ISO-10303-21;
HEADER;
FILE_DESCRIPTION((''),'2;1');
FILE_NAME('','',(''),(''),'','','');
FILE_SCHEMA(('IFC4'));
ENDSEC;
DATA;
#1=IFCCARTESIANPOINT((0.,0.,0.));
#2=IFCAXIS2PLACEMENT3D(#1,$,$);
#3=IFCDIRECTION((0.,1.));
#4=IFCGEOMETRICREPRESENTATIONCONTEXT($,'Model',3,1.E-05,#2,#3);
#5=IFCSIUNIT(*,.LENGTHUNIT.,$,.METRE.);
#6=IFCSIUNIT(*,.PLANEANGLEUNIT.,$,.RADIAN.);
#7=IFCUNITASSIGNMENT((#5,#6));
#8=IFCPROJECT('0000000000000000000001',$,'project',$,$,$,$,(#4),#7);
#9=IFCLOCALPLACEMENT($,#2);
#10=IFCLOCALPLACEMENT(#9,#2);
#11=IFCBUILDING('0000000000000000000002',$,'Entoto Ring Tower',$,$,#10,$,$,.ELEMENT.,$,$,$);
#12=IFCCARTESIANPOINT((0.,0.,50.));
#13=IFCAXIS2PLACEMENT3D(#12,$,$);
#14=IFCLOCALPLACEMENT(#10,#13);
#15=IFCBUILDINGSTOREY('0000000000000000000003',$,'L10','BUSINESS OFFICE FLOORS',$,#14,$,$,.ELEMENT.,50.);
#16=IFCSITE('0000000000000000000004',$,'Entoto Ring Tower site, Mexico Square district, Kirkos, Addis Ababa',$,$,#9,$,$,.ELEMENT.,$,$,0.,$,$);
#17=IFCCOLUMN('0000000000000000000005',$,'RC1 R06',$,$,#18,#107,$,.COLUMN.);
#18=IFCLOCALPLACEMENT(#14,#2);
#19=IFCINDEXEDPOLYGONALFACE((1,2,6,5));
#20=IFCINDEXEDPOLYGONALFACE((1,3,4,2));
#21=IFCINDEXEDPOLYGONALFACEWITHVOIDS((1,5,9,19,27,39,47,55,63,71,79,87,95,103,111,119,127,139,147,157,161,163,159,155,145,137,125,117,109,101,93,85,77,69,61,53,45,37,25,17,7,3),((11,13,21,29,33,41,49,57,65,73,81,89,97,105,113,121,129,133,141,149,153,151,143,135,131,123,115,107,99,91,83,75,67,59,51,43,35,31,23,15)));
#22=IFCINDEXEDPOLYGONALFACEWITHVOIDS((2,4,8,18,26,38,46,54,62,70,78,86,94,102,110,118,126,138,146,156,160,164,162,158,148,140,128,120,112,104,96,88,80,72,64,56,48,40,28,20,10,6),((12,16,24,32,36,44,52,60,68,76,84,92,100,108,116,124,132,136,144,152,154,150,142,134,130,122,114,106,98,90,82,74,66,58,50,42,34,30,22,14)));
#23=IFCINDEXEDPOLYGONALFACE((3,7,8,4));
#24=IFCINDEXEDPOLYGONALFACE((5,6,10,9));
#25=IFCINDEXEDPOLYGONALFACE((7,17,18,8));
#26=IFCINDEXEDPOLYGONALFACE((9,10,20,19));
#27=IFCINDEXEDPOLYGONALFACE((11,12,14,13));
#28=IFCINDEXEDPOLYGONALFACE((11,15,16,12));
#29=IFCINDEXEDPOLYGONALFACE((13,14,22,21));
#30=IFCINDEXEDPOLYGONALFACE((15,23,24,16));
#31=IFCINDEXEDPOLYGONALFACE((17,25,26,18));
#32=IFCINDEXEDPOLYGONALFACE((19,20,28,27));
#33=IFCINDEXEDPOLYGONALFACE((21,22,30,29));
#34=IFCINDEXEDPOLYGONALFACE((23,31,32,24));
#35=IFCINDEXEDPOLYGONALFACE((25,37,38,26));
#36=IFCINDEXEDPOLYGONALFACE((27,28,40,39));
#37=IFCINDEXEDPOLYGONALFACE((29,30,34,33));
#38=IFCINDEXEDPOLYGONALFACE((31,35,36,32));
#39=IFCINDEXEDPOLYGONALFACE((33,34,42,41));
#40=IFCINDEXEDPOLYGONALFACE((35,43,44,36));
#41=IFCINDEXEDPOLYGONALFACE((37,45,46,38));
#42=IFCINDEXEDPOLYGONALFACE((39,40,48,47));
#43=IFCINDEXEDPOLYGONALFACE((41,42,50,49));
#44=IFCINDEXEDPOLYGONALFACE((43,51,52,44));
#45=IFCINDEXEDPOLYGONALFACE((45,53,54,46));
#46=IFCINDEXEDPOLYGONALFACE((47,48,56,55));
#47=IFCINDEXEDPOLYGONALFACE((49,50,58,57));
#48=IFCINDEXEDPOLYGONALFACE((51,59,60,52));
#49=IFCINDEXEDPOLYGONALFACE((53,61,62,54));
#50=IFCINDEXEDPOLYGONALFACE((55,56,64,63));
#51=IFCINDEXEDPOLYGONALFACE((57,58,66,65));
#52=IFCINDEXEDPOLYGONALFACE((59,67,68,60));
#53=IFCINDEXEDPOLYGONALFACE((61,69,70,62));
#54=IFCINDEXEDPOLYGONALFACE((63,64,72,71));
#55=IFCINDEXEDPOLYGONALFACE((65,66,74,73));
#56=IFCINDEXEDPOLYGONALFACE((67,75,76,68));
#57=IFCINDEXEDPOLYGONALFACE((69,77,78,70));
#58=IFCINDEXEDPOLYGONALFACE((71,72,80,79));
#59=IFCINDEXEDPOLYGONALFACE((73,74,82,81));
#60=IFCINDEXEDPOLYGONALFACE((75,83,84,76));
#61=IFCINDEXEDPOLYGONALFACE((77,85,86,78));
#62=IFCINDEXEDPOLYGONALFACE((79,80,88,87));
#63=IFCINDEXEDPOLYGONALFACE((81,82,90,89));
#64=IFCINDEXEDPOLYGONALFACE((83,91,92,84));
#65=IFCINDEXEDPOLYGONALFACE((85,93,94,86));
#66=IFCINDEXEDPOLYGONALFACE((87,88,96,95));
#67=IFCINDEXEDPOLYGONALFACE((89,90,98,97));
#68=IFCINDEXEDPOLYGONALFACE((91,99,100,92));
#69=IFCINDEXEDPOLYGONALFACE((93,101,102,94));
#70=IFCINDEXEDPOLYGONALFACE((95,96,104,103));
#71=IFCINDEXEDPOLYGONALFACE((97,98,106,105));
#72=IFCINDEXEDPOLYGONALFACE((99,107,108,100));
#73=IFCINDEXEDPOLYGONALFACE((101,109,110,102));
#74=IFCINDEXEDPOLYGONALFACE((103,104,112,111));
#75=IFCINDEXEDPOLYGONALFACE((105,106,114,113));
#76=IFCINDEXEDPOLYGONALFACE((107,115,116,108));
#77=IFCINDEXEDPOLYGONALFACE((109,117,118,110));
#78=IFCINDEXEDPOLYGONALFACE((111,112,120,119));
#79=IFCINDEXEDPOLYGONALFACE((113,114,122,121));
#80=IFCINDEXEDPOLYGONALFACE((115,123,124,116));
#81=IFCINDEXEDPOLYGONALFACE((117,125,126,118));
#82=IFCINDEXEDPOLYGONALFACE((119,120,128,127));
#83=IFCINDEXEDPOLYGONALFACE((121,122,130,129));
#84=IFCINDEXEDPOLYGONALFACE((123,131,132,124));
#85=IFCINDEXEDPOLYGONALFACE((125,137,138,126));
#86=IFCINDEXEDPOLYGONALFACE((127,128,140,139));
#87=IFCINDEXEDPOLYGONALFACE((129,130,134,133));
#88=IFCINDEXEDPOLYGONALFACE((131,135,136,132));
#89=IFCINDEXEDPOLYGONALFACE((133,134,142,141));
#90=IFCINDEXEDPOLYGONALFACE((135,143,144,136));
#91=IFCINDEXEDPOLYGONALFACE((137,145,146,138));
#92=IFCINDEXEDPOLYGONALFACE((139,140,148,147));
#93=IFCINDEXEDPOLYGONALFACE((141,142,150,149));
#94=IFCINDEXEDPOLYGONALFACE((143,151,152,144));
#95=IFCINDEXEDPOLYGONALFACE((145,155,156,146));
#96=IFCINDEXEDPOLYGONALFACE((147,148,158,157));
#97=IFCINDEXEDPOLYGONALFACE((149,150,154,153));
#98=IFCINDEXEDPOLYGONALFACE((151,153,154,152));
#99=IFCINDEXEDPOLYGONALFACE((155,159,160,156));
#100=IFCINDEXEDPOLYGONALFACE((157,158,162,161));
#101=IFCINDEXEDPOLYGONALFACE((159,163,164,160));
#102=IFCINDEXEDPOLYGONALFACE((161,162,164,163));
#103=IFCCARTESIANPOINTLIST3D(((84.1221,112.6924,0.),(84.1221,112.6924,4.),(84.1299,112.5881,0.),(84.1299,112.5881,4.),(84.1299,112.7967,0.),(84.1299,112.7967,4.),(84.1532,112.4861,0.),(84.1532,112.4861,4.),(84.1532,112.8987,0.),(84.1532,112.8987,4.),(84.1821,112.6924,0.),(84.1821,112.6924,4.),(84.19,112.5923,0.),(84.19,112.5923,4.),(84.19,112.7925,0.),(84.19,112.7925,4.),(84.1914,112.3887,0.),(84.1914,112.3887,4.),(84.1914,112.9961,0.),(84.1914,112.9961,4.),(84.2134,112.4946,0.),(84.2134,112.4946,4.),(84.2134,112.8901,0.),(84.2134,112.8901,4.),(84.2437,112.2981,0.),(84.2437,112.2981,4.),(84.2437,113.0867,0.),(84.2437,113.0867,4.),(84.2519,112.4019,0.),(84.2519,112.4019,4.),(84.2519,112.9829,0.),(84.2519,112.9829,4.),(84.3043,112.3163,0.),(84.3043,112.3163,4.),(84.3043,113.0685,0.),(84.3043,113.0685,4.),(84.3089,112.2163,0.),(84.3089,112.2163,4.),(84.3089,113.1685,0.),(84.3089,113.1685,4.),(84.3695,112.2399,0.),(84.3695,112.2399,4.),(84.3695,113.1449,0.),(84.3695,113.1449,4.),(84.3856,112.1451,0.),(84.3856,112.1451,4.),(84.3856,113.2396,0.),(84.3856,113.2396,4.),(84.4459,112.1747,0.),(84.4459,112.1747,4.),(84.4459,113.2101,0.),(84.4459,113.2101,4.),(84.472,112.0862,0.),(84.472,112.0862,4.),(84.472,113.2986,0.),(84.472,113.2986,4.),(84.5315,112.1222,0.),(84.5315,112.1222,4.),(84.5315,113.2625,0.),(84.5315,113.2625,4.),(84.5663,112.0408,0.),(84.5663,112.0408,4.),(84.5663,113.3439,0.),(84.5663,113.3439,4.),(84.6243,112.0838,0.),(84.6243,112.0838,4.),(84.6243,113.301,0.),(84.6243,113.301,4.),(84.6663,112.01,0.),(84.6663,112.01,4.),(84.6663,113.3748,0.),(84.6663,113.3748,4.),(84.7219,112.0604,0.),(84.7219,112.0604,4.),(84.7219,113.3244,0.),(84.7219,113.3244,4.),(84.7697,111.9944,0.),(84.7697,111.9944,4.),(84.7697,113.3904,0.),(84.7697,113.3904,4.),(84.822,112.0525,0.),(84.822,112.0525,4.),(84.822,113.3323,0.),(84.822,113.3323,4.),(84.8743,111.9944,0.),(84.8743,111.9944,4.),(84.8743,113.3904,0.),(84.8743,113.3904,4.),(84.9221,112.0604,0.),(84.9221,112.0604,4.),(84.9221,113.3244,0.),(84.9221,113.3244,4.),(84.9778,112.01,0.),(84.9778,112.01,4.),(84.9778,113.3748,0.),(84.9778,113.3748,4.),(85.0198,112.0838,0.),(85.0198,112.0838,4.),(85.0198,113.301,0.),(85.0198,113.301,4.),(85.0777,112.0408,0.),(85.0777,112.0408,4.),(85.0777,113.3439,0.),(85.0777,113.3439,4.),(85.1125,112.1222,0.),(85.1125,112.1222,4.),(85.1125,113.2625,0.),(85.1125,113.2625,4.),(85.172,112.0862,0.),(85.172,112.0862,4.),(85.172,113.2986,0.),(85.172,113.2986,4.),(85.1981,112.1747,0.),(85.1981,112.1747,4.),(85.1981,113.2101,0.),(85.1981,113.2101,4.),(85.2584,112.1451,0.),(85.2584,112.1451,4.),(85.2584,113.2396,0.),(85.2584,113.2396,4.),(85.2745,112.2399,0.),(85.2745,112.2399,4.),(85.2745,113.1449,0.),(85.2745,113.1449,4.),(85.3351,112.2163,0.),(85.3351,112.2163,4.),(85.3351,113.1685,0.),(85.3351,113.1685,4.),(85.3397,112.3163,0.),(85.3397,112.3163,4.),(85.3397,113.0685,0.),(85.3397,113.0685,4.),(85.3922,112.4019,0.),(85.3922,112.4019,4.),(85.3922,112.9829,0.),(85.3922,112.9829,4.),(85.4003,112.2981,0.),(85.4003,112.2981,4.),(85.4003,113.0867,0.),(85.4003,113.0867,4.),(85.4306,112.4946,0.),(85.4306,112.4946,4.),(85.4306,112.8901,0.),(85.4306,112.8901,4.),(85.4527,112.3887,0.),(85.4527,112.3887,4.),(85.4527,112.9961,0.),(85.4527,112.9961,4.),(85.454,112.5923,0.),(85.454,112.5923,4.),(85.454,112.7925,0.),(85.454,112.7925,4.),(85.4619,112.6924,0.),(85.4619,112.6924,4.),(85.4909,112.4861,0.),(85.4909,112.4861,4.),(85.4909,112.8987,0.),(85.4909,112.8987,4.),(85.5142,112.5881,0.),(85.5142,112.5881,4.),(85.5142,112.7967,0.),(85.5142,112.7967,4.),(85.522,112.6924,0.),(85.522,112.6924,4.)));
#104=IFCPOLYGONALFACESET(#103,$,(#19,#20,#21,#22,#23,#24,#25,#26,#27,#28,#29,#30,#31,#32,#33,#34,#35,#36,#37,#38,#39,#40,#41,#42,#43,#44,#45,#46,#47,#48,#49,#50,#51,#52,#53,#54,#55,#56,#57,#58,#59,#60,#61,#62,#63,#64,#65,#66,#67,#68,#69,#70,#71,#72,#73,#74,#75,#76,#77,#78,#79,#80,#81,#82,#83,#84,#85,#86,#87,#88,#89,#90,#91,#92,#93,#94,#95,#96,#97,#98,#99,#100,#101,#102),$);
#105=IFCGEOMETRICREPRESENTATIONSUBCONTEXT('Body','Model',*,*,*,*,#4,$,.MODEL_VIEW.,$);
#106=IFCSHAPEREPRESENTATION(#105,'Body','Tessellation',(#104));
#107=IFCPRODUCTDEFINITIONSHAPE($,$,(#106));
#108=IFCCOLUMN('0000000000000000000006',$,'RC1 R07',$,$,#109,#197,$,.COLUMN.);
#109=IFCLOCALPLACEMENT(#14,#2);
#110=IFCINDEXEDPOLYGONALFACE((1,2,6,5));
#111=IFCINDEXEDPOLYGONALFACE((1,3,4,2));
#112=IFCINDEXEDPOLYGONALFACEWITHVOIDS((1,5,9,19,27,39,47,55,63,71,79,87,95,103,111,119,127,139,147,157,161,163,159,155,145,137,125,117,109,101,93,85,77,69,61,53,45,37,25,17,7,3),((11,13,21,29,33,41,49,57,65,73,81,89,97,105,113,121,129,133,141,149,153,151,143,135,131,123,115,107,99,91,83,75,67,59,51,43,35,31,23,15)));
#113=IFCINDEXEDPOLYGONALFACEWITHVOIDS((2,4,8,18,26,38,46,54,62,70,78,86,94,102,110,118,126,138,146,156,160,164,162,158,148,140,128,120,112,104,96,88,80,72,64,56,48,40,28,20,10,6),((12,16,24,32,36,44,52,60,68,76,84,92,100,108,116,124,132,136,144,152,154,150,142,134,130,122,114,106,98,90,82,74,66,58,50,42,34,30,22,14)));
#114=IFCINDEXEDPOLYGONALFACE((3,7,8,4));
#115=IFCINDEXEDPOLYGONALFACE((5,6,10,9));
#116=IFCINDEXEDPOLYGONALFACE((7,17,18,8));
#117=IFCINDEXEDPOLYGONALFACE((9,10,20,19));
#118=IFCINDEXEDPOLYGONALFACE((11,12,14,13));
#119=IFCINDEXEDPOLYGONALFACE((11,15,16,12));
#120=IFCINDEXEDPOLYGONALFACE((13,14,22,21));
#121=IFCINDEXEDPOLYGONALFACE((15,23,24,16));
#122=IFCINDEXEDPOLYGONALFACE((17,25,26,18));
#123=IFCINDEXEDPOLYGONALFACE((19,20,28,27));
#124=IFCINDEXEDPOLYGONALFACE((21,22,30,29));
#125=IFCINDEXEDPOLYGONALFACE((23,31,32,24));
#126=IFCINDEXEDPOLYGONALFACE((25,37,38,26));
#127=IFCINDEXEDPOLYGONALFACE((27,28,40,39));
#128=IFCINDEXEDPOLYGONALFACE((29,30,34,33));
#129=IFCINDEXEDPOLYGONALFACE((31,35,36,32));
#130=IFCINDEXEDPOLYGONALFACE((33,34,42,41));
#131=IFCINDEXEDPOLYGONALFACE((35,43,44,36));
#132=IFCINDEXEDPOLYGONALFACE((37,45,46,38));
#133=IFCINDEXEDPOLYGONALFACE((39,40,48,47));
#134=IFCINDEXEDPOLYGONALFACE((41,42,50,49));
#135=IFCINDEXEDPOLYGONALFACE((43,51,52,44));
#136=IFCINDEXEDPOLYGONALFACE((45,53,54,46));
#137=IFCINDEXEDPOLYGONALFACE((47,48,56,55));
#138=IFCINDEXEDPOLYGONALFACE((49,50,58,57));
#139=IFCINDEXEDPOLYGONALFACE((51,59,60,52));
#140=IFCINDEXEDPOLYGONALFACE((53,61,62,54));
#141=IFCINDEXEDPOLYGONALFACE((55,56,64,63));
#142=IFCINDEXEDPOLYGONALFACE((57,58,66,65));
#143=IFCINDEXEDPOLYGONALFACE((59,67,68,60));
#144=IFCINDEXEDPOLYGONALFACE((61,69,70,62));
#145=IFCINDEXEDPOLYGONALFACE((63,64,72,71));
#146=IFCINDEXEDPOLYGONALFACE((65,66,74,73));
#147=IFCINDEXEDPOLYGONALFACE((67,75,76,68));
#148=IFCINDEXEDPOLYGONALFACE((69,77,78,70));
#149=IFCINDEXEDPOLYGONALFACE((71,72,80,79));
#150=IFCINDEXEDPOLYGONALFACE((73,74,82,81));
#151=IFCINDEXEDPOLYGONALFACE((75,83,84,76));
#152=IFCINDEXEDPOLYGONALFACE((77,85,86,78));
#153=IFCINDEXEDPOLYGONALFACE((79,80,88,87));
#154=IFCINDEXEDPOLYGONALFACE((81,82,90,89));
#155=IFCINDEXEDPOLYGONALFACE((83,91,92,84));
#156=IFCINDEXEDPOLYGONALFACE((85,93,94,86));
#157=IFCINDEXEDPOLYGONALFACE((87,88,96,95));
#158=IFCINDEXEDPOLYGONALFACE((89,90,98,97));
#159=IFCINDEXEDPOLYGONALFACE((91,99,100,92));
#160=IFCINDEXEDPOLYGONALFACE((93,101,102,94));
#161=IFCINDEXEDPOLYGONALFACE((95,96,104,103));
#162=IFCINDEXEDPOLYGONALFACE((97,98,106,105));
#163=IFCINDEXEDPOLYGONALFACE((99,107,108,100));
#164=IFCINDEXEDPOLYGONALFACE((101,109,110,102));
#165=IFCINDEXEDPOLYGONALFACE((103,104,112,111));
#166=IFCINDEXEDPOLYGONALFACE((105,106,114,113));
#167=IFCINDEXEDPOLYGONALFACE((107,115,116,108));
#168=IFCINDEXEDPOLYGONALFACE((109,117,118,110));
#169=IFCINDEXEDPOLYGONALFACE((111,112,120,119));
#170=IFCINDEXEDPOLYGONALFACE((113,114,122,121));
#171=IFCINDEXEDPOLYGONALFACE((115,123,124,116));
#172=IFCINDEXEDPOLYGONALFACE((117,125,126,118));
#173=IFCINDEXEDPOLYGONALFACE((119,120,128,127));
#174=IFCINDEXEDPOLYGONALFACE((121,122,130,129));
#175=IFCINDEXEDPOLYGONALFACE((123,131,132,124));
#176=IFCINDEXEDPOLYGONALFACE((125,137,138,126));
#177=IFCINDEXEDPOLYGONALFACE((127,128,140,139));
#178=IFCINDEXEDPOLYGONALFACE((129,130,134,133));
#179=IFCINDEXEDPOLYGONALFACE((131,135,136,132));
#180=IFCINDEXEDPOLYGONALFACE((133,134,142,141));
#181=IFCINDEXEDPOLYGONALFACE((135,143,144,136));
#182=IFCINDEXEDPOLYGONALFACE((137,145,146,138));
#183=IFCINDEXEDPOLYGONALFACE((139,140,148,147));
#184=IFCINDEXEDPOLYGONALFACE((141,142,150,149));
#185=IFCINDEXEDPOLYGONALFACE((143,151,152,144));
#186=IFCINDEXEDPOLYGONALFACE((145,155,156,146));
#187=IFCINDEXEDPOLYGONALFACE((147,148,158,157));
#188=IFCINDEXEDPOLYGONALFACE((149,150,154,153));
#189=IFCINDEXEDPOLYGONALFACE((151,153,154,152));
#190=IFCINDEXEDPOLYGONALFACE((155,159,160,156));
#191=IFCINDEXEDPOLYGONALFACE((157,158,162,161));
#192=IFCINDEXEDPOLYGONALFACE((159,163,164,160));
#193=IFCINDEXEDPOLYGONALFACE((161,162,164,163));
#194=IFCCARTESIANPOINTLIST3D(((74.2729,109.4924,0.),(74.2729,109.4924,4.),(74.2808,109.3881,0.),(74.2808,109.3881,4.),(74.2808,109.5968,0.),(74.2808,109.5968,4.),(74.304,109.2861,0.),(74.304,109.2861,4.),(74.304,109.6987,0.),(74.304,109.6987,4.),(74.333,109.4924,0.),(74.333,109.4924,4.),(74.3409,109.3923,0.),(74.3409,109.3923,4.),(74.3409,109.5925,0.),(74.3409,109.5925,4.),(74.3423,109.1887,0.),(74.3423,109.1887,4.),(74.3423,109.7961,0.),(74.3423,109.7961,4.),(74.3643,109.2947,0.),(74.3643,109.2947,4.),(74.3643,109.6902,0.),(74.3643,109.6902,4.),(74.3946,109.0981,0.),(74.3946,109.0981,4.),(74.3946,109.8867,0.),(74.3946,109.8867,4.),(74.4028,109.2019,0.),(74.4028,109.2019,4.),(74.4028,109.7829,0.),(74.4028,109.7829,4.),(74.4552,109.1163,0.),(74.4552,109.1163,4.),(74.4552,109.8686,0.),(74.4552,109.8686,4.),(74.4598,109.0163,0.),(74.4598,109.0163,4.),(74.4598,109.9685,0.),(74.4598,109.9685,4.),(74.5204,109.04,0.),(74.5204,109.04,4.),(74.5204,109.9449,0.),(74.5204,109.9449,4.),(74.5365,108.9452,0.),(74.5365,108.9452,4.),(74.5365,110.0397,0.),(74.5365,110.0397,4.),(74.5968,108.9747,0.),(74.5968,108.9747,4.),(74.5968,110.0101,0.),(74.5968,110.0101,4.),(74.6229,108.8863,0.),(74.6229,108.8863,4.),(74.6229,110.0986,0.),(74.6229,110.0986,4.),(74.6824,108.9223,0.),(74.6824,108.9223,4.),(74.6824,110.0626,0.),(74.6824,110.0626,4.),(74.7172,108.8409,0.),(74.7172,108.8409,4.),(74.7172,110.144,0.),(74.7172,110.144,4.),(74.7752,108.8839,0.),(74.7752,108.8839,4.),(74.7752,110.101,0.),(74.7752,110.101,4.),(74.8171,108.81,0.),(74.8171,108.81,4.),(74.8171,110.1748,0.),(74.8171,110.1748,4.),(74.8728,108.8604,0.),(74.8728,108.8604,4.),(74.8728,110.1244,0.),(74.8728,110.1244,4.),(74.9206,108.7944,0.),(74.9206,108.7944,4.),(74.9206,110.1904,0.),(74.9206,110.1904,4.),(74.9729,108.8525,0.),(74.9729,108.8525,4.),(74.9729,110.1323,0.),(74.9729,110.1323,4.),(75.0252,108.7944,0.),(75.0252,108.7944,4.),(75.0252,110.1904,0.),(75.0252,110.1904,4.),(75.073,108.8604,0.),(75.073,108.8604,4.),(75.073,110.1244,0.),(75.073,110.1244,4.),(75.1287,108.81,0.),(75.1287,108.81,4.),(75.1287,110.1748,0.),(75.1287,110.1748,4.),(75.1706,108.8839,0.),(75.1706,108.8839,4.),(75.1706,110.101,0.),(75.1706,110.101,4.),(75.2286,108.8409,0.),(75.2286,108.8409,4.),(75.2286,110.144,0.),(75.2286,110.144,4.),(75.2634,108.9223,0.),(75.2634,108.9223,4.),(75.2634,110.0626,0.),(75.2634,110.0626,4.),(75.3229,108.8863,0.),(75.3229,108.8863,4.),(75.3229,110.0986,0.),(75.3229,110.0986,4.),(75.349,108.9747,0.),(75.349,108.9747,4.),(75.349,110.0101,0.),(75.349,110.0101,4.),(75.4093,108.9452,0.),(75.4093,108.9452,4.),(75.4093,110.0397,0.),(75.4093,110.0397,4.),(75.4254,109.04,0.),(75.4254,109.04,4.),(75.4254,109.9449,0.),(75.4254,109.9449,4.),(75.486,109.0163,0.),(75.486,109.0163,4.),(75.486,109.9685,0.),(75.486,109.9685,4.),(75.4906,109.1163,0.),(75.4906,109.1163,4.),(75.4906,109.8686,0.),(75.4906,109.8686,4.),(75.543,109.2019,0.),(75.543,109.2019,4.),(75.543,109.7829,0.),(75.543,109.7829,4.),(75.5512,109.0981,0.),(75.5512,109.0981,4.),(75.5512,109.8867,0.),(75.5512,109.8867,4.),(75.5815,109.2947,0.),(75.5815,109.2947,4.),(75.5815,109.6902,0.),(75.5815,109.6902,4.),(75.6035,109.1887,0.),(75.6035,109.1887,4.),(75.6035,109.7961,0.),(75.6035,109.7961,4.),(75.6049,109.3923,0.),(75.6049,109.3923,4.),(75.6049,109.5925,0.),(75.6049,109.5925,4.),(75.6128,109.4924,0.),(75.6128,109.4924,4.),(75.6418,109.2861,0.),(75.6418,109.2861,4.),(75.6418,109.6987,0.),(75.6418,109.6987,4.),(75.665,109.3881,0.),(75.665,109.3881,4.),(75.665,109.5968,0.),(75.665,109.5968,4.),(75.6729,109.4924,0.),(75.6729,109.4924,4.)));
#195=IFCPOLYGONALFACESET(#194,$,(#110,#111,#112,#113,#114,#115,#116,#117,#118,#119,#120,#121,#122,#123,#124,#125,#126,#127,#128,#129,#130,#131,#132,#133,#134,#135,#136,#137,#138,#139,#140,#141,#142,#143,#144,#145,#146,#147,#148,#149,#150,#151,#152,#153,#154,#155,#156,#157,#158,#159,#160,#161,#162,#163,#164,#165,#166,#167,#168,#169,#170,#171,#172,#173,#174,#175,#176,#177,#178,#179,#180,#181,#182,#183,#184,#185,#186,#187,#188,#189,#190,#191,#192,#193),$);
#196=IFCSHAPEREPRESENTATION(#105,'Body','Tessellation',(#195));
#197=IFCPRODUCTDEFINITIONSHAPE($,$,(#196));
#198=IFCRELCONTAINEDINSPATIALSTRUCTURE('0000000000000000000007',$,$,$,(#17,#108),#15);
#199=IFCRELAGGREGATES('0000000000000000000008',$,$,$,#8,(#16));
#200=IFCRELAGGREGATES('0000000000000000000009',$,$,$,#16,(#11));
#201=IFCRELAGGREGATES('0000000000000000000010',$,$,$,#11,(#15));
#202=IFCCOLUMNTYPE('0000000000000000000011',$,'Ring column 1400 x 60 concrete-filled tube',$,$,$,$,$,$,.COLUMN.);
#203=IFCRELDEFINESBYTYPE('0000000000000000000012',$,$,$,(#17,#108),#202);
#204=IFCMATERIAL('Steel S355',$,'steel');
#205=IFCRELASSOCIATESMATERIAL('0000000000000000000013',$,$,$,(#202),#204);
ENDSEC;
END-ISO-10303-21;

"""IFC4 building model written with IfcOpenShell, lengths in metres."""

from ifc_helpers import new_model, si_unit, direction, frame, origin, origin_2d, place, context, subcontext, project, spatial, circle, hollow_circle, extrude, material, material_profile, profile_set, type_object, element, save


model = new_model("IFC4")

# Units and contexts
model_context = context("Model", 3, precision=1e-05, world=origin(), true_north=direction((0.0, 1.0)))
body_context = subcontext(model_context, "Body", "Model", "MODEL_VIEW")
ifc_project = project(units=[si_unit("LENGTHUNIT", "METRE"), si_unit("PLANEANGLEUNIT", "RADIAN")], contexts=[model_context])

# Site, building, storey
site_placement = place(None, origin())
site = spatial("IfcSite", under=ifc_project, at=site_placement, Name="Entoto Ring Tower site, Mexico Square district, Kirkos, Addis Ababa", CompositionType="ELEMENT", RefElevation=0.0)
building_placement = place(site_placement, origin())
building = spatial("IfcBuilding", under=site, at=building_placement, Name="Entoto Ring Tower", CompositionType="ELEMENT")
storey_placement = place(building_placement, frame((0.0, 0.0, 50.0)))
storey = spatial("IfcBuildingStorey", under=building, at=storey_placement, Name="L10", Description="BUSINESS OFFICE FLOORS", CompositionType="ELEMENT", Elevation=50.0)

# Columns
ifc_material_1 = material(Name="Steel S355", Category="steel")
ifc_material_profile_1 = material_profile(ifc_material_1, hollow_circle(Radius=0.7, WallThickness=0.0601, at=origin_2d()), Name="CHS 1400 x 60")
ifc_material_2 = material(Name="Concrete C60/75", Category="concrete")
ifc_material_profile_2 = material_profile(ifc_material_2, circle(Radius=0.6399, at=origin_2d()), Name="Concrete C60/75 infill")
ifc_profile_set_1 = profile_set([ifc_material_profile_1, ifc_material_profile_2], Name="Steel S355")
column_type = type_object("IfcColumnType", Name="Ring column 1400 x 60 concrete-filled tube", PredefinedType="COLUMN", material=ifc_profile_set_1)
for number, where, z_axis, x_axis, name in (
    (1, (84.822, 112.6924, 0.0), (0.0, 0.0, 1.0), (1.0, 0.0, 0.0), "RC1 R06"),
    (2, (74.9729, 109.4924, 0.0), (0.0, 0.0, 1.0), (1.0, 0.0, 0.0), "RC1 R07"),
):
    element("IfcColumn", number, at=place(storey_placement, frame(where, z_axis=z_axis, x_axis=x_axis)), inside=storey, type_object=column_type, Name=name, PredefinedType="COLUMN", context=body_context, shape_type="SweptSolid", body=[
        extrude(hollow_circle(Radius=0.7, WallThickness=0.0601, at=origin_2d()), origin(), (0.0, 0.0, 1.0), 4.0),
    ])

save(model, "model.ifc")
